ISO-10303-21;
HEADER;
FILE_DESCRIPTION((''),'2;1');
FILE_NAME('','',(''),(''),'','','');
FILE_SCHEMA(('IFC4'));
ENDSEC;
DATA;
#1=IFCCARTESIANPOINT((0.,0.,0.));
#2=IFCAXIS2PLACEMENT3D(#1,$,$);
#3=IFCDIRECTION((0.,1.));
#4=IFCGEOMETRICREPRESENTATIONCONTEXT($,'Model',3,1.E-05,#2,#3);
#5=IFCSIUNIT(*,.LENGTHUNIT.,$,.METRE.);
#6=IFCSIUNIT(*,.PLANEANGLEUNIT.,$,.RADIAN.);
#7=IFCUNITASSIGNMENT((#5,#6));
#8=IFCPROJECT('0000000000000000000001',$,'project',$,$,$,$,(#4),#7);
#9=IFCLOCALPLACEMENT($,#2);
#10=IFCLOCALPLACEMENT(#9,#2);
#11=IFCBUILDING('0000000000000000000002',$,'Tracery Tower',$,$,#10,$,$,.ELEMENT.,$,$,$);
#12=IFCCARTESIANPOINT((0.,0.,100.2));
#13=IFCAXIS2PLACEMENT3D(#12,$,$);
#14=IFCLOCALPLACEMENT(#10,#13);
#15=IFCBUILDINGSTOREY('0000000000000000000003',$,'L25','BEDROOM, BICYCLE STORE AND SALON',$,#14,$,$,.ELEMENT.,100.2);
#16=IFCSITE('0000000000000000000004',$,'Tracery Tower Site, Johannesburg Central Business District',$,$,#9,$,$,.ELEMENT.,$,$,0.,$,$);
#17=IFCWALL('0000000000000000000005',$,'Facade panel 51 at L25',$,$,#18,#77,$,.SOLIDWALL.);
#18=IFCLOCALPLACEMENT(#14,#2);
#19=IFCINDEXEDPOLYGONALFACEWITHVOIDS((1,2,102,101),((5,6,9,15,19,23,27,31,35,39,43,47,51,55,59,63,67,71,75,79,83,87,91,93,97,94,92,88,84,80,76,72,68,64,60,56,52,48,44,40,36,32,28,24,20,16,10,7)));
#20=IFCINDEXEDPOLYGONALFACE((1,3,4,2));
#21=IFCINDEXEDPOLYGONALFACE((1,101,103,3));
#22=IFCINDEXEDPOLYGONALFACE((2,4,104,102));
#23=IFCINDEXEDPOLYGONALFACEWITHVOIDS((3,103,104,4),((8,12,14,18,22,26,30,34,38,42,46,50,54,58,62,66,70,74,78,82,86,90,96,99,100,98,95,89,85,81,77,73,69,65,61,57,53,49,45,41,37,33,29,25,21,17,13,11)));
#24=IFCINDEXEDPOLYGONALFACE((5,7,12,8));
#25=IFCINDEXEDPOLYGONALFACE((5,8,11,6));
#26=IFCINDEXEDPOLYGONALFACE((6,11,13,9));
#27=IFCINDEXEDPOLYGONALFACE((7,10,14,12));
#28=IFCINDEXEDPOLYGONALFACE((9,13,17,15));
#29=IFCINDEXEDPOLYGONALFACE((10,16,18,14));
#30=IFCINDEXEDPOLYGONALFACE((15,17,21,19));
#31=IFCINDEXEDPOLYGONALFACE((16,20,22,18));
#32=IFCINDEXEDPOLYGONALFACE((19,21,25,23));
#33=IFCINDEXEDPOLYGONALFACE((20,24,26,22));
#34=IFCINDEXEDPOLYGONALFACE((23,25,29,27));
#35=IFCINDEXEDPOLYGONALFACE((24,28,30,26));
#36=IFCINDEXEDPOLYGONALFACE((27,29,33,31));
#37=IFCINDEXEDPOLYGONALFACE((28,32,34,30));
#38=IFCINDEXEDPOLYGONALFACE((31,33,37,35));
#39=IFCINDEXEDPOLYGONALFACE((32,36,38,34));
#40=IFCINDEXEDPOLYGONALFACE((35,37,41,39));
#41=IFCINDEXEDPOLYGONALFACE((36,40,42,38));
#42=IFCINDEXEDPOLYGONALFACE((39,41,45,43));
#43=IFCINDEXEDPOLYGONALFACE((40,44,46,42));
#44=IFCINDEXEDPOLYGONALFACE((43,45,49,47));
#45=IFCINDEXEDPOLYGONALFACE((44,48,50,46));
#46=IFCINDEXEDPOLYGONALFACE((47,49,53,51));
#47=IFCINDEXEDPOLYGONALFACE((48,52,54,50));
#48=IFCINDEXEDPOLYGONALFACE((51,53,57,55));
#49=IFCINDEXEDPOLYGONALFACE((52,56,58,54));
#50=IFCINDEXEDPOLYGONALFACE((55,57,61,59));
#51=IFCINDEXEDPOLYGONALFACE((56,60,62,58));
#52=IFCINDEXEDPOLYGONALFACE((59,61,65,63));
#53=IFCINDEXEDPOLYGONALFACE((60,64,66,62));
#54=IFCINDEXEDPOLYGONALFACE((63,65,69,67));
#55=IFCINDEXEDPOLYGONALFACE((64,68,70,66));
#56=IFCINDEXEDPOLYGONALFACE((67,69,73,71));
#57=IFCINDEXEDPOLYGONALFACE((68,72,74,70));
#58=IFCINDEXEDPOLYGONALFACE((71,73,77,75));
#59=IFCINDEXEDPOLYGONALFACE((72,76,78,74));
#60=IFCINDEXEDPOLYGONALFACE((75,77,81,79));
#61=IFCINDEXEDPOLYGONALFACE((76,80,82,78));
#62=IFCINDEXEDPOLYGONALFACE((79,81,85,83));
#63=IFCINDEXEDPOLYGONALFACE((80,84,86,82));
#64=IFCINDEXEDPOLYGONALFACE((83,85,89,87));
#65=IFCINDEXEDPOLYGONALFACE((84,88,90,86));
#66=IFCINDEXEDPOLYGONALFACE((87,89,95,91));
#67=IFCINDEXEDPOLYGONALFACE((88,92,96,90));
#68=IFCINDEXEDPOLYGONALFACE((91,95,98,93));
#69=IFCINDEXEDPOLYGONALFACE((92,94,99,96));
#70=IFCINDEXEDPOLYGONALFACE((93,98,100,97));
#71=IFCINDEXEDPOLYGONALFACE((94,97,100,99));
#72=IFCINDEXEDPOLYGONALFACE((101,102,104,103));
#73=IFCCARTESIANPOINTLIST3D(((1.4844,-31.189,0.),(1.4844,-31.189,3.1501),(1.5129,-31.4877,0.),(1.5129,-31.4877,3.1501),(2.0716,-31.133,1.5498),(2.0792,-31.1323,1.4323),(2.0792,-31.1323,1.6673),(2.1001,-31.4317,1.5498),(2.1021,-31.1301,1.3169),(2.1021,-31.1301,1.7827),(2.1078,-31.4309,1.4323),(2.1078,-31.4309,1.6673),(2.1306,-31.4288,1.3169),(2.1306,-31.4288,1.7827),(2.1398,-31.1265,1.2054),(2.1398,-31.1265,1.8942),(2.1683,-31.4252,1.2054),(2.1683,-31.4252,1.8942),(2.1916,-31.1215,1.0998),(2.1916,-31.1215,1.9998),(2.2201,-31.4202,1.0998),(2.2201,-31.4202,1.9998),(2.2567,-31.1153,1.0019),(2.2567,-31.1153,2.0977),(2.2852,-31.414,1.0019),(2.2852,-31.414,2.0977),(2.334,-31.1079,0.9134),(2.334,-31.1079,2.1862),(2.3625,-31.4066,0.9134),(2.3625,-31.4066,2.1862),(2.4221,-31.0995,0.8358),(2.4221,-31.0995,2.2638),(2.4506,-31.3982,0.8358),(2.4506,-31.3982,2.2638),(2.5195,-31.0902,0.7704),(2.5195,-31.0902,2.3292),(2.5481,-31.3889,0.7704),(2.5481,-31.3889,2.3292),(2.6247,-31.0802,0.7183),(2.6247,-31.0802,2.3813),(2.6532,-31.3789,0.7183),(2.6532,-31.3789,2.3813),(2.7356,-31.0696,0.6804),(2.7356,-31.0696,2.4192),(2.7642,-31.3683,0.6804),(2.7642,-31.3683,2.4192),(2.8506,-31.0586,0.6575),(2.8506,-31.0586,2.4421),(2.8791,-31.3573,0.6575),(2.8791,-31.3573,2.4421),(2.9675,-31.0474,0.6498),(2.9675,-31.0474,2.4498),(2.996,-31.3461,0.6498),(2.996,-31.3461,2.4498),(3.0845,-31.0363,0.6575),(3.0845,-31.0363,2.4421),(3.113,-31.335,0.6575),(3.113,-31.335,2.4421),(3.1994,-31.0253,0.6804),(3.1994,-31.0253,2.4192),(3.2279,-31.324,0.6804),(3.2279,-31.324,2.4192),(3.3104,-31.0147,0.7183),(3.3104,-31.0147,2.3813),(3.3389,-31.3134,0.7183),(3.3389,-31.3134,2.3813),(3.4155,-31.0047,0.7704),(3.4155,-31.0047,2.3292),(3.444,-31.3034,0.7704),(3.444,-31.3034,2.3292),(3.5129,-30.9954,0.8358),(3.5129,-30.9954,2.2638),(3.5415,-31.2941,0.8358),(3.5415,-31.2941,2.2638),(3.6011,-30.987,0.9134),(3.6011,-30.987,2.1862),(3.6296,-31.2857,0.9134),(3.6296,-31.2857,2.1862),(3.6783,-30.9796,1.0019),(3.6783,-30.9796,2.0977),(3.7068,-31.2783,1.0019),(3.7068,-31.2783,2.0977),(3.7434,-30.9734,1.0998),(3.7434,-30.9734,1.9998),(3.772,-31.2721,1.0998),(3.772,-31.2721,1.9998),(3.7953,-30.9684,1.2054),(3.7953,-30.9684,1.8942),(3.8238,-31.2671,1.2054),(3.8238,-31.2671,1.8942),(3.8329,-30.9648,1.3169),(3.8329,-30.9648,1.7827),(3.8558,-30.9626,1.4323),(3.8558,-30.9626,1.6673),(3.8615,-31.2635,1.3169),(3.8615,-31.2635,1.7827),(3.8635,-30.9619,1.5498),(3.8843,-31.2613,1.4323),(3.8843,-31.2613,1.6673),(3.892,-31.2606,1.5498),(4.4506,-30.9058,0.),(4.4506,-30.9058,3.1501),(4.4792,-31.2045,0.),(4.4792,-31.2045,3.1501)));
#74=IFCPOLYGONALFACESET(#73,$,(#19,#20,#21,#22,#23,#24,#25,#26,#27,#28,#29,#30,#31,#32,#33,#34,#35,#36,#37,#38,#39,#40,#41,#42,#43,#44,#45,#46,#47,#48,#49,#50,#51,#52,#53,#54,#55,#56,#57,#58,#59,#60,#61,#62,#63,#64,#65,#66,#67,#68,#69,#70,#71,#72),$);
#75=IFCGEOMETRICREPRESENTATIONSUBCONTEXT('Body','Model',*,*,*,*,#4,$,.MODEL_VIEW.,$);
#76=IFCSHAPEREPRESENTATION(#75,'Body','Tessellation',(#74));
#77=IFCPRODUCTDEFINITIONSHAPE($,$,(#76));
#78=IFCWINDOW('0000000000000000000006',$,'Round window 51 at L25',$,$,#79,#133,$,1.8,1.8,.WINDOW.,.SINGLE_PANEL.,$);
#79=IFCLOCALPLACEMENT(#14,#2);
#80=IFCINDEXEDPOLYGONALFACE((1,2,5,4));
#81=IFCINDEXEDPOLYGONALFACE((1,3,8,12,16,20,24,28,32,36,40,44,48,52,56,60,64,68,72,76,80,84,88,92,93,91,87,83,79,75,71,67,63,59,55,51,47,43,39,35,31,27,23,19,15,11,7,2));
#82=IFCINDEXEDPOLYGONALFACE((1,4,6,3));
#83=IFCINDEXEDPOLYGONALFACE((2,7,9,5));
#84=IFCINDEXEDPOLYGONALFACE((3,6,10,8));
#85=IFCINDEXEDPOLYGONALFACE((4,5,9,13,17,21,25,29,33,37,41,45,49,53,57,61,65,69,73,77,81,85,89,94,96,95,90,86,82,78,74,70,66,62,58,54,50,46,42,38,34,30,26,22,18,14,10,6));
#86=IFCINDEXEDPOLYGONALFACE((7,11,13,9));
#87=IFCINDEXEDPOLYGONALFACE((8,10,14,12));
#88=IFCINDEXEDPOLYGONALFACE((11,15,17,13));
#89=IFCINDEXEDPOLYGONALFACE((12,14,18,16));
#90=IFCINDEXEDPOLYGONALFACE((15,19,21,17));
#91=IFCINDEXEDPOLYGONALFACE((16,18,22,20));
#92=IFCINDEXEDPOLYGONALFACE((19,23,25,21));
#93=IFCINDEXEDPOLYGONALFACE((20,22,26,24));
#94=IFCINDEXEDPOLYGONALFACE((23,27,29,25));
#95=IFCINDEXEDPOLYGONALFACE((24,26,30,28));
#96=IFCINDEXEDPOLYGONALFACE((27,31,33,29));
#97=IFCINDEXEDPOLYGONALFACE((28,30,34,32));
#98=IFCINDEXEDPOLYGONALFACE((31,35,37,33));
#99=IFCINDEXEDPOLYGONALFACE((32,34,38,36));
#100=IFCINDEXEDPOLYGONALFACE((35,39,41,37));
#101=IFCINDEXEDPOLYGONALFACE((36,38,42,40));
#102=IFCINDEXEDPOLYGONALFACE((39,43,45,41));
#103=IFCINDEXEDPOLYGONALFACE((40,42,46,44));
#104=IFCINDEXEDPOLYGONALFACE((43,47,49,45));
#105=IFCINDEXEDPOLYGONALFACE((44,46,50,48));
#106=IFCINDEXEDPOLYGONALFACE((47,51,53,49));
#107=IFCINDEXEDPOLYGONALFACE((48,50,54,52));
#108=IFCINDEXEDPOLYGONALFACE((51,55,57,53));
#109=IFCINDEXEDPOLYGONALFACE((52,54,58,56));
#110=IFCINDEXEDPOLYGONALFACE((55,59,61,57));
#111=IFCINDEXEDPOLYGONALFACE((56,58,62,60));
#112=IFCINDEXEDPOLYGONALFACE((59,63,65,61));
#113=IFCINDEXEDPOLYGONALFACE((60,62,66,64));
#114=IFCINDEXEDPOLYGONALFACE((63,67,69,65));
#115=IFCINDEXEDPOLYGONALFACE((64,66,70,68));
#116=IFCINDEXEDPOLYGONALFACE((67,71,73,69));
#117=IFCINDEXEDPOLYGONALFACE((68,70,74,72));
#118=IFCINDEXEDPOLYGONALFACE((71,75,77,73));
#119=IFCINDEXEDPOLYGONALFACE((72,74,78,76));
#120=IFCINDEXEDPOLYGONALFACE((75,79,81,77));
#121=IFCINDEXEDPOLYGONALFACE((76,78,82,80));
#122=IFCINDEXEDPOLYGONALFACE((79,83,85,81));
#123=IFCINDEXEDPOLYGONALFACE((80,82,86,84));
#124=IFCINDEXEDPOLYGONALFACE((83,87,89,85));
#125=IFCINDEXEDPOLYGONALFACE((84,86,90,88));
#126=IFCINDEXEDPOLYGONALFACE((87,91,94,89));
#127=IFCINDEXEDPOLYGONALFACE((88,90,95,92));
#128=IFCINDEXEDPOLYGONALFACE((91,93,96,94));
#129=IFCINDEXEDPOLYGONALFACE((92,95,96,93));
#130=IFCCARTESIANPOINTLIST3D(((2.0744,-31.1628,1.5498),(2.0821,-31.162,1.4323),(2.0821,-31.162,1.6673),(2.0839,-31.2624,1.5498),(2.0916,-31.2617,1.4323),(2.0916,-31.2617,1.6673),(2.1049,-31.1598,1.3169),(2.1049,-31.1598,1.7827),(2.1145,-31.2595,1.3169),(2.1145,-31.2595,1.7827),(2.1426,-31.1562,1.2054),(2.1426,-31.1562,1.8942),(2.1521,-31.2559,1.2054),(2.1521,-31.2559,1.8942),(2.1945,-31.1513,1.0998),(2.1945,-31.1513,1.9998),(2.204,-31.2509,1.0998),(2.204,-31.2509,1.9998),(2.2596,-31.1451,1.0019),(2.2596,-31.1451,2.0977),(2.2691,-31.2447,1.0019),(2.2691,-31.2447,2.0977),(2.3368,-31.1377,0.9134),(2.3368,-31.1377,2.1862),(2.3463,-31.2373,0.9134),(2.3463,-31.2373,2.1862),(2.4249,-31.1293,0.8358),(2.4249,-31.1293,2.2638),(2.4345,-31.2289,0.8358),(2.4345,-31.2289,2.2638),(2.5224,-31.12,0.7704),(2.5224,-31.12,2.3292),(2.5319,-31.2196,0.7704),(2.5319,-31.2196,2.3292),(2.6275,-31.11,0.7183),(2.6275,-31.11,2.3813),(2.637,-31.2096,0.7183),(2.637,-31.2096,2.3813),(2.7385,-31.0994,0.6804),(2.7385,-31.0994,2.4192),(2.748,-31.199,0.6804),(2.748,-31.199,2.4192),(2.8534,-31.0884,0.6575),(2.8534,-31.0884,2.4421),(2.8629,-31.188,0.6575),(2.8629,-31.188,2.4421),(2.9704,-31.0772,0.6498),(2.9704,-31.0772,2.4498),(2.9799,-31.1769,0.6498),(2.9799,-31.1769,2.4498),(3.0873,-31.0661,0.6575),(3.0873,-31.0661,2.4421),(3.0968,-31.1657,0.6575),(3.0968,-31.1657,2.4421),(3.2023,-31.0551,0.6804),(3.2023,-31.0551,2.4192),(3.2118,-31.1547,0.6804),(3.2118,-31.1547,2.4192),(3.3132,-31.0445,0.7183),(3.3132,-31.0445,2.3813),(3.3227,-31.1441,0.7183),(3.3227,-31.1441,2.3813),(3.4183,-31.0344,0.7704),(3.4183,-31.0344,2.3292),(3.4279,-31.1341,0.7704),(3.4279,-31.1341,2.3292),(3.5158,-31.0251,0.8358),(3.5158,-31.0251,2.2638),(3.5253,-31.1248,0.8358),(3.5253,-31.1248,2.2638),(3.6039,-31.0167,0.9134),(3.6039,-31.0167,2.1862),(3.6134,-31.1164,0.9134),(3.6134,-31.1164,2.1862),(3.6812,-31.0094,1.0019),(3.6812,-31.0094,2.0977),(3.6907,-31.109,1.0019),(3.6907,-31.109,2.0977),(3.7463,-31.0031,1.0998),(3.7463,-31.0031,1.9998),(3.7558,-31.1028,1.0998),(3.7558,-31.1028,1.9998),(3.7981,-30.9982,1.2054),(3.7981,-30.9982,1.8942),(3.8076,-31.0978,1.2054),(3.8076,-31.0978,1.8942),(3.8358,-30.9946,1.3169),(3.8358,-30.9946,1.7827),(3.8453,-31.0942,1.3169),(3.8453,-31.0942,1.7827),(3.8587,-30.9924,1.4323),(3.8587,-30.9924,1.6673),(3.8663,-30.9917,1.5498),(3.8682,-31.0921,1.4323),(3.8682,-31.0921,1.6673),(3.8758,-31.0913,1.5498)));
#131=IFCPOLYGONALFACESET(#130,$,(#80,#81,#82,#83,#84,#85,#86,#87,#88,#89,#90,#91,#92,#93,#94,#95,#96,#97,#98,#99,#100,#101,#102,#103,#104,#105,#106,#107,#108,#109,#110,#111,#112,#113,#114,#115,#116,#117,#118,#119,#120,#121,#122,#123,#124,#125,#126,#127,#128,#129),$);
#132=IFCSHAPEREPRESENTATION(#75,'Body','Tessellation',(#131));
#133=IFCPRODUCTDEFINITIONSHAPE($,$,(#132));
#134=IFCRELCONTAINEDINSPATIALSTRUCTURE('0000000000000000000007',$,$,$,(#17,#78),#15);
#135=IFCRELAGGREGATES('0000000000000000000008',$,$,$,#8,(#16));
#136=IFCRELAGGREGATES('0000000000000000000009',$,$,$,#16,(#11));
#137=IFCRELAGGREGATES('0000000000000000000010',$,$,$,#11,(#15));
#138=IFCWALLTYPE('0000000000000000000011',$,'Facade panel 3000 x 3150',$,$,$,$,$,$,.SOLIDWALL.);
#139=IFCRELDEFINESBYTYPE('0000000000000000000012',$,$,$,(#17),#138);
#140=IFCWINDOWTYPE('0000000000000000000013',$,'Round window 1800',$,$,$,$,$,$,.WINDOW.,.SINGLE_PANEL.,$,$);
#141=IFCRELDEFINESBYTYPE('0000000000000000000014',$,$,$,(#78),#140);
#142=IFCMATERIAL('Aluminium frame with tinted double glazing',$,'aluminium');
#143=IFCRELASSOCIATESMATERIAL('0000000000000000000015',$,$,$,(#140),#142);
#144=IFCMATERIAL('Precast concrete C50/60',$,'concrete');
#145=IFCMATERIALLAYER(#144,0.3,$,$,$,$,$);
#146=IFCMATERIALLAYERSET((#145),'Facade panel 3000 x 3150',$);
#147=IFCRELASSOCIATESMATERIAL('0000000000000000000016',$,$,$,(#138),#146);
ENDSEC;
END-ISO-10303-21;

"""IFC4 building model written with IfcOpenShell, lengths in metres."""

from ifc_helpers import new_model, si_unit, direction, frame, frame_2d, origin, origin_2d, place, context, subcontext, project, spatial, rectangle, circle, extrude, material, layer, layer_set, type_object, element, fill, save


model = new_model("IFC4")

# Units and contexts
model_context = context("Model", 3, precision=1e-05, world=origin(), true_north=direction((0.0, 1.0)))
body_context = subcontext(model_context, "Body", "Model", "MODEL_VIEW")
ifc_project = project(units=[si_unit("LENGTHUNIT", "METRE"), si_unit("PLANEANGLEUNIT", "RADIAN")], contexts=[model_context])

# Site, building, storey
site_placement = place(None, origin())
site = spatial("IfcSite", under=ifc_project, at=site_placement, Name="Tracery Tower Site, Johannesburg Central Business District", CompositionType="ELEMENT", RefElevation=0.0)
building_placement = place(site_placement, origin())
building = spatial("IfcBuilding", under=site, at=building_placement, Name="Tracery Tower", CompositionType="ELEMENT")
storey_placement = place(building_placement, frame((0.0, 0.0, 100.2)))
storey = spatial("IfcBuildingStorey", under=building, at=storey_placement, Name="L25", Description="BEDROOM, BICYCLE STORE AND SALON", CompositionType="ELEMENT", Elevation=100.2)

# Wall, opening, window
ifc_material_1 = material(Name="Aluminium frame with tinted double glazing", Category="aluminium")
window_type = type_object("IfcWindowType", Name="Round window 1800", PartitioningType="SINGLE_PANEL", PredefinedType="WINDOW", material=ifc_material_1)
ifc_material_2 = material(Name="Precast concrete C50/60", Category="concrete")
ifc_layer_1 = layer(ifc_material_2, 0.3)
ifc_layer_set_1 = layer_set([ifc_layer_1], Name="Facade panel 3000 x 3150")
wall_type_1 = type_object("IfcWallType", Name="Facade panel 3000 x 3150", PredefinedType="SOLIDWALL", material=ifc_layer_set_1)
wall_1_placement = place(storey_placement, frame((1.4988, -31.3384, 0.0), z_axis=(0.0, 0.0, 1.0), x_axis=(0.995473, 0.095041, 0.0)))
wall_1 = element("IfcWall", 1, at=wall_1_placement, inside=storey, type_object=wall_type_1, Name="Facade panel 51 at L25", PredefinedType="SOLIDWALL", context=body_context, shape_type="SweptSolid", body=[
    extrude(rectangle(XDim=2.9797, YDim=0.3, at=frame_2d((1.4897, 0.0))), origin(), (0.0, 0.0, 1.0), 3.1501),
])
opening_1_placement = place(wall_1_placement, frame((1.4897, 0.0, 1.5498)))
opening_1 = element("IfcOpeningElement", 2, at=opening_1_placement, cuts=wall_1, PredefinedType="OPENING", context=body_context, shape_type="SweptSolid", body=[
    extrude(circle(Radius=0.9, at=origin_2d()), frame((0.0, 0.1599, 0.0), z_axis=(0.0, -1.0, 0.0), x_axis=(1.0, 0.0, 0.0)), (0.0, 0.0, 1.0), 0.3201),
])
window_1_placement = place(opening_1_placement, origin())
window_1 = element("IfcWindow", 3, at=window_1_placement, inside=storey, type_object=window_type, Name="Round window 51 at L25", OverallHeight=1.8, OverallWidth=1.8, PartitioningType="SINGLE_PANEL", PredefinedType="WINDOW", context=body_context, shape_type="SweptSolid", body=[
    extrude(circle(Radius=0.9, at=origin_2d()), frame((0.0, 0.1201, 0.0), z_axis=(0.0, -1.0, 0.0), x_axis=(1.0, 0.0, 0.0)), (0.0, 0.0, 1.0), 0.1001),
])
fill(opening_1, window_1)

save(model, "model.ifc")
